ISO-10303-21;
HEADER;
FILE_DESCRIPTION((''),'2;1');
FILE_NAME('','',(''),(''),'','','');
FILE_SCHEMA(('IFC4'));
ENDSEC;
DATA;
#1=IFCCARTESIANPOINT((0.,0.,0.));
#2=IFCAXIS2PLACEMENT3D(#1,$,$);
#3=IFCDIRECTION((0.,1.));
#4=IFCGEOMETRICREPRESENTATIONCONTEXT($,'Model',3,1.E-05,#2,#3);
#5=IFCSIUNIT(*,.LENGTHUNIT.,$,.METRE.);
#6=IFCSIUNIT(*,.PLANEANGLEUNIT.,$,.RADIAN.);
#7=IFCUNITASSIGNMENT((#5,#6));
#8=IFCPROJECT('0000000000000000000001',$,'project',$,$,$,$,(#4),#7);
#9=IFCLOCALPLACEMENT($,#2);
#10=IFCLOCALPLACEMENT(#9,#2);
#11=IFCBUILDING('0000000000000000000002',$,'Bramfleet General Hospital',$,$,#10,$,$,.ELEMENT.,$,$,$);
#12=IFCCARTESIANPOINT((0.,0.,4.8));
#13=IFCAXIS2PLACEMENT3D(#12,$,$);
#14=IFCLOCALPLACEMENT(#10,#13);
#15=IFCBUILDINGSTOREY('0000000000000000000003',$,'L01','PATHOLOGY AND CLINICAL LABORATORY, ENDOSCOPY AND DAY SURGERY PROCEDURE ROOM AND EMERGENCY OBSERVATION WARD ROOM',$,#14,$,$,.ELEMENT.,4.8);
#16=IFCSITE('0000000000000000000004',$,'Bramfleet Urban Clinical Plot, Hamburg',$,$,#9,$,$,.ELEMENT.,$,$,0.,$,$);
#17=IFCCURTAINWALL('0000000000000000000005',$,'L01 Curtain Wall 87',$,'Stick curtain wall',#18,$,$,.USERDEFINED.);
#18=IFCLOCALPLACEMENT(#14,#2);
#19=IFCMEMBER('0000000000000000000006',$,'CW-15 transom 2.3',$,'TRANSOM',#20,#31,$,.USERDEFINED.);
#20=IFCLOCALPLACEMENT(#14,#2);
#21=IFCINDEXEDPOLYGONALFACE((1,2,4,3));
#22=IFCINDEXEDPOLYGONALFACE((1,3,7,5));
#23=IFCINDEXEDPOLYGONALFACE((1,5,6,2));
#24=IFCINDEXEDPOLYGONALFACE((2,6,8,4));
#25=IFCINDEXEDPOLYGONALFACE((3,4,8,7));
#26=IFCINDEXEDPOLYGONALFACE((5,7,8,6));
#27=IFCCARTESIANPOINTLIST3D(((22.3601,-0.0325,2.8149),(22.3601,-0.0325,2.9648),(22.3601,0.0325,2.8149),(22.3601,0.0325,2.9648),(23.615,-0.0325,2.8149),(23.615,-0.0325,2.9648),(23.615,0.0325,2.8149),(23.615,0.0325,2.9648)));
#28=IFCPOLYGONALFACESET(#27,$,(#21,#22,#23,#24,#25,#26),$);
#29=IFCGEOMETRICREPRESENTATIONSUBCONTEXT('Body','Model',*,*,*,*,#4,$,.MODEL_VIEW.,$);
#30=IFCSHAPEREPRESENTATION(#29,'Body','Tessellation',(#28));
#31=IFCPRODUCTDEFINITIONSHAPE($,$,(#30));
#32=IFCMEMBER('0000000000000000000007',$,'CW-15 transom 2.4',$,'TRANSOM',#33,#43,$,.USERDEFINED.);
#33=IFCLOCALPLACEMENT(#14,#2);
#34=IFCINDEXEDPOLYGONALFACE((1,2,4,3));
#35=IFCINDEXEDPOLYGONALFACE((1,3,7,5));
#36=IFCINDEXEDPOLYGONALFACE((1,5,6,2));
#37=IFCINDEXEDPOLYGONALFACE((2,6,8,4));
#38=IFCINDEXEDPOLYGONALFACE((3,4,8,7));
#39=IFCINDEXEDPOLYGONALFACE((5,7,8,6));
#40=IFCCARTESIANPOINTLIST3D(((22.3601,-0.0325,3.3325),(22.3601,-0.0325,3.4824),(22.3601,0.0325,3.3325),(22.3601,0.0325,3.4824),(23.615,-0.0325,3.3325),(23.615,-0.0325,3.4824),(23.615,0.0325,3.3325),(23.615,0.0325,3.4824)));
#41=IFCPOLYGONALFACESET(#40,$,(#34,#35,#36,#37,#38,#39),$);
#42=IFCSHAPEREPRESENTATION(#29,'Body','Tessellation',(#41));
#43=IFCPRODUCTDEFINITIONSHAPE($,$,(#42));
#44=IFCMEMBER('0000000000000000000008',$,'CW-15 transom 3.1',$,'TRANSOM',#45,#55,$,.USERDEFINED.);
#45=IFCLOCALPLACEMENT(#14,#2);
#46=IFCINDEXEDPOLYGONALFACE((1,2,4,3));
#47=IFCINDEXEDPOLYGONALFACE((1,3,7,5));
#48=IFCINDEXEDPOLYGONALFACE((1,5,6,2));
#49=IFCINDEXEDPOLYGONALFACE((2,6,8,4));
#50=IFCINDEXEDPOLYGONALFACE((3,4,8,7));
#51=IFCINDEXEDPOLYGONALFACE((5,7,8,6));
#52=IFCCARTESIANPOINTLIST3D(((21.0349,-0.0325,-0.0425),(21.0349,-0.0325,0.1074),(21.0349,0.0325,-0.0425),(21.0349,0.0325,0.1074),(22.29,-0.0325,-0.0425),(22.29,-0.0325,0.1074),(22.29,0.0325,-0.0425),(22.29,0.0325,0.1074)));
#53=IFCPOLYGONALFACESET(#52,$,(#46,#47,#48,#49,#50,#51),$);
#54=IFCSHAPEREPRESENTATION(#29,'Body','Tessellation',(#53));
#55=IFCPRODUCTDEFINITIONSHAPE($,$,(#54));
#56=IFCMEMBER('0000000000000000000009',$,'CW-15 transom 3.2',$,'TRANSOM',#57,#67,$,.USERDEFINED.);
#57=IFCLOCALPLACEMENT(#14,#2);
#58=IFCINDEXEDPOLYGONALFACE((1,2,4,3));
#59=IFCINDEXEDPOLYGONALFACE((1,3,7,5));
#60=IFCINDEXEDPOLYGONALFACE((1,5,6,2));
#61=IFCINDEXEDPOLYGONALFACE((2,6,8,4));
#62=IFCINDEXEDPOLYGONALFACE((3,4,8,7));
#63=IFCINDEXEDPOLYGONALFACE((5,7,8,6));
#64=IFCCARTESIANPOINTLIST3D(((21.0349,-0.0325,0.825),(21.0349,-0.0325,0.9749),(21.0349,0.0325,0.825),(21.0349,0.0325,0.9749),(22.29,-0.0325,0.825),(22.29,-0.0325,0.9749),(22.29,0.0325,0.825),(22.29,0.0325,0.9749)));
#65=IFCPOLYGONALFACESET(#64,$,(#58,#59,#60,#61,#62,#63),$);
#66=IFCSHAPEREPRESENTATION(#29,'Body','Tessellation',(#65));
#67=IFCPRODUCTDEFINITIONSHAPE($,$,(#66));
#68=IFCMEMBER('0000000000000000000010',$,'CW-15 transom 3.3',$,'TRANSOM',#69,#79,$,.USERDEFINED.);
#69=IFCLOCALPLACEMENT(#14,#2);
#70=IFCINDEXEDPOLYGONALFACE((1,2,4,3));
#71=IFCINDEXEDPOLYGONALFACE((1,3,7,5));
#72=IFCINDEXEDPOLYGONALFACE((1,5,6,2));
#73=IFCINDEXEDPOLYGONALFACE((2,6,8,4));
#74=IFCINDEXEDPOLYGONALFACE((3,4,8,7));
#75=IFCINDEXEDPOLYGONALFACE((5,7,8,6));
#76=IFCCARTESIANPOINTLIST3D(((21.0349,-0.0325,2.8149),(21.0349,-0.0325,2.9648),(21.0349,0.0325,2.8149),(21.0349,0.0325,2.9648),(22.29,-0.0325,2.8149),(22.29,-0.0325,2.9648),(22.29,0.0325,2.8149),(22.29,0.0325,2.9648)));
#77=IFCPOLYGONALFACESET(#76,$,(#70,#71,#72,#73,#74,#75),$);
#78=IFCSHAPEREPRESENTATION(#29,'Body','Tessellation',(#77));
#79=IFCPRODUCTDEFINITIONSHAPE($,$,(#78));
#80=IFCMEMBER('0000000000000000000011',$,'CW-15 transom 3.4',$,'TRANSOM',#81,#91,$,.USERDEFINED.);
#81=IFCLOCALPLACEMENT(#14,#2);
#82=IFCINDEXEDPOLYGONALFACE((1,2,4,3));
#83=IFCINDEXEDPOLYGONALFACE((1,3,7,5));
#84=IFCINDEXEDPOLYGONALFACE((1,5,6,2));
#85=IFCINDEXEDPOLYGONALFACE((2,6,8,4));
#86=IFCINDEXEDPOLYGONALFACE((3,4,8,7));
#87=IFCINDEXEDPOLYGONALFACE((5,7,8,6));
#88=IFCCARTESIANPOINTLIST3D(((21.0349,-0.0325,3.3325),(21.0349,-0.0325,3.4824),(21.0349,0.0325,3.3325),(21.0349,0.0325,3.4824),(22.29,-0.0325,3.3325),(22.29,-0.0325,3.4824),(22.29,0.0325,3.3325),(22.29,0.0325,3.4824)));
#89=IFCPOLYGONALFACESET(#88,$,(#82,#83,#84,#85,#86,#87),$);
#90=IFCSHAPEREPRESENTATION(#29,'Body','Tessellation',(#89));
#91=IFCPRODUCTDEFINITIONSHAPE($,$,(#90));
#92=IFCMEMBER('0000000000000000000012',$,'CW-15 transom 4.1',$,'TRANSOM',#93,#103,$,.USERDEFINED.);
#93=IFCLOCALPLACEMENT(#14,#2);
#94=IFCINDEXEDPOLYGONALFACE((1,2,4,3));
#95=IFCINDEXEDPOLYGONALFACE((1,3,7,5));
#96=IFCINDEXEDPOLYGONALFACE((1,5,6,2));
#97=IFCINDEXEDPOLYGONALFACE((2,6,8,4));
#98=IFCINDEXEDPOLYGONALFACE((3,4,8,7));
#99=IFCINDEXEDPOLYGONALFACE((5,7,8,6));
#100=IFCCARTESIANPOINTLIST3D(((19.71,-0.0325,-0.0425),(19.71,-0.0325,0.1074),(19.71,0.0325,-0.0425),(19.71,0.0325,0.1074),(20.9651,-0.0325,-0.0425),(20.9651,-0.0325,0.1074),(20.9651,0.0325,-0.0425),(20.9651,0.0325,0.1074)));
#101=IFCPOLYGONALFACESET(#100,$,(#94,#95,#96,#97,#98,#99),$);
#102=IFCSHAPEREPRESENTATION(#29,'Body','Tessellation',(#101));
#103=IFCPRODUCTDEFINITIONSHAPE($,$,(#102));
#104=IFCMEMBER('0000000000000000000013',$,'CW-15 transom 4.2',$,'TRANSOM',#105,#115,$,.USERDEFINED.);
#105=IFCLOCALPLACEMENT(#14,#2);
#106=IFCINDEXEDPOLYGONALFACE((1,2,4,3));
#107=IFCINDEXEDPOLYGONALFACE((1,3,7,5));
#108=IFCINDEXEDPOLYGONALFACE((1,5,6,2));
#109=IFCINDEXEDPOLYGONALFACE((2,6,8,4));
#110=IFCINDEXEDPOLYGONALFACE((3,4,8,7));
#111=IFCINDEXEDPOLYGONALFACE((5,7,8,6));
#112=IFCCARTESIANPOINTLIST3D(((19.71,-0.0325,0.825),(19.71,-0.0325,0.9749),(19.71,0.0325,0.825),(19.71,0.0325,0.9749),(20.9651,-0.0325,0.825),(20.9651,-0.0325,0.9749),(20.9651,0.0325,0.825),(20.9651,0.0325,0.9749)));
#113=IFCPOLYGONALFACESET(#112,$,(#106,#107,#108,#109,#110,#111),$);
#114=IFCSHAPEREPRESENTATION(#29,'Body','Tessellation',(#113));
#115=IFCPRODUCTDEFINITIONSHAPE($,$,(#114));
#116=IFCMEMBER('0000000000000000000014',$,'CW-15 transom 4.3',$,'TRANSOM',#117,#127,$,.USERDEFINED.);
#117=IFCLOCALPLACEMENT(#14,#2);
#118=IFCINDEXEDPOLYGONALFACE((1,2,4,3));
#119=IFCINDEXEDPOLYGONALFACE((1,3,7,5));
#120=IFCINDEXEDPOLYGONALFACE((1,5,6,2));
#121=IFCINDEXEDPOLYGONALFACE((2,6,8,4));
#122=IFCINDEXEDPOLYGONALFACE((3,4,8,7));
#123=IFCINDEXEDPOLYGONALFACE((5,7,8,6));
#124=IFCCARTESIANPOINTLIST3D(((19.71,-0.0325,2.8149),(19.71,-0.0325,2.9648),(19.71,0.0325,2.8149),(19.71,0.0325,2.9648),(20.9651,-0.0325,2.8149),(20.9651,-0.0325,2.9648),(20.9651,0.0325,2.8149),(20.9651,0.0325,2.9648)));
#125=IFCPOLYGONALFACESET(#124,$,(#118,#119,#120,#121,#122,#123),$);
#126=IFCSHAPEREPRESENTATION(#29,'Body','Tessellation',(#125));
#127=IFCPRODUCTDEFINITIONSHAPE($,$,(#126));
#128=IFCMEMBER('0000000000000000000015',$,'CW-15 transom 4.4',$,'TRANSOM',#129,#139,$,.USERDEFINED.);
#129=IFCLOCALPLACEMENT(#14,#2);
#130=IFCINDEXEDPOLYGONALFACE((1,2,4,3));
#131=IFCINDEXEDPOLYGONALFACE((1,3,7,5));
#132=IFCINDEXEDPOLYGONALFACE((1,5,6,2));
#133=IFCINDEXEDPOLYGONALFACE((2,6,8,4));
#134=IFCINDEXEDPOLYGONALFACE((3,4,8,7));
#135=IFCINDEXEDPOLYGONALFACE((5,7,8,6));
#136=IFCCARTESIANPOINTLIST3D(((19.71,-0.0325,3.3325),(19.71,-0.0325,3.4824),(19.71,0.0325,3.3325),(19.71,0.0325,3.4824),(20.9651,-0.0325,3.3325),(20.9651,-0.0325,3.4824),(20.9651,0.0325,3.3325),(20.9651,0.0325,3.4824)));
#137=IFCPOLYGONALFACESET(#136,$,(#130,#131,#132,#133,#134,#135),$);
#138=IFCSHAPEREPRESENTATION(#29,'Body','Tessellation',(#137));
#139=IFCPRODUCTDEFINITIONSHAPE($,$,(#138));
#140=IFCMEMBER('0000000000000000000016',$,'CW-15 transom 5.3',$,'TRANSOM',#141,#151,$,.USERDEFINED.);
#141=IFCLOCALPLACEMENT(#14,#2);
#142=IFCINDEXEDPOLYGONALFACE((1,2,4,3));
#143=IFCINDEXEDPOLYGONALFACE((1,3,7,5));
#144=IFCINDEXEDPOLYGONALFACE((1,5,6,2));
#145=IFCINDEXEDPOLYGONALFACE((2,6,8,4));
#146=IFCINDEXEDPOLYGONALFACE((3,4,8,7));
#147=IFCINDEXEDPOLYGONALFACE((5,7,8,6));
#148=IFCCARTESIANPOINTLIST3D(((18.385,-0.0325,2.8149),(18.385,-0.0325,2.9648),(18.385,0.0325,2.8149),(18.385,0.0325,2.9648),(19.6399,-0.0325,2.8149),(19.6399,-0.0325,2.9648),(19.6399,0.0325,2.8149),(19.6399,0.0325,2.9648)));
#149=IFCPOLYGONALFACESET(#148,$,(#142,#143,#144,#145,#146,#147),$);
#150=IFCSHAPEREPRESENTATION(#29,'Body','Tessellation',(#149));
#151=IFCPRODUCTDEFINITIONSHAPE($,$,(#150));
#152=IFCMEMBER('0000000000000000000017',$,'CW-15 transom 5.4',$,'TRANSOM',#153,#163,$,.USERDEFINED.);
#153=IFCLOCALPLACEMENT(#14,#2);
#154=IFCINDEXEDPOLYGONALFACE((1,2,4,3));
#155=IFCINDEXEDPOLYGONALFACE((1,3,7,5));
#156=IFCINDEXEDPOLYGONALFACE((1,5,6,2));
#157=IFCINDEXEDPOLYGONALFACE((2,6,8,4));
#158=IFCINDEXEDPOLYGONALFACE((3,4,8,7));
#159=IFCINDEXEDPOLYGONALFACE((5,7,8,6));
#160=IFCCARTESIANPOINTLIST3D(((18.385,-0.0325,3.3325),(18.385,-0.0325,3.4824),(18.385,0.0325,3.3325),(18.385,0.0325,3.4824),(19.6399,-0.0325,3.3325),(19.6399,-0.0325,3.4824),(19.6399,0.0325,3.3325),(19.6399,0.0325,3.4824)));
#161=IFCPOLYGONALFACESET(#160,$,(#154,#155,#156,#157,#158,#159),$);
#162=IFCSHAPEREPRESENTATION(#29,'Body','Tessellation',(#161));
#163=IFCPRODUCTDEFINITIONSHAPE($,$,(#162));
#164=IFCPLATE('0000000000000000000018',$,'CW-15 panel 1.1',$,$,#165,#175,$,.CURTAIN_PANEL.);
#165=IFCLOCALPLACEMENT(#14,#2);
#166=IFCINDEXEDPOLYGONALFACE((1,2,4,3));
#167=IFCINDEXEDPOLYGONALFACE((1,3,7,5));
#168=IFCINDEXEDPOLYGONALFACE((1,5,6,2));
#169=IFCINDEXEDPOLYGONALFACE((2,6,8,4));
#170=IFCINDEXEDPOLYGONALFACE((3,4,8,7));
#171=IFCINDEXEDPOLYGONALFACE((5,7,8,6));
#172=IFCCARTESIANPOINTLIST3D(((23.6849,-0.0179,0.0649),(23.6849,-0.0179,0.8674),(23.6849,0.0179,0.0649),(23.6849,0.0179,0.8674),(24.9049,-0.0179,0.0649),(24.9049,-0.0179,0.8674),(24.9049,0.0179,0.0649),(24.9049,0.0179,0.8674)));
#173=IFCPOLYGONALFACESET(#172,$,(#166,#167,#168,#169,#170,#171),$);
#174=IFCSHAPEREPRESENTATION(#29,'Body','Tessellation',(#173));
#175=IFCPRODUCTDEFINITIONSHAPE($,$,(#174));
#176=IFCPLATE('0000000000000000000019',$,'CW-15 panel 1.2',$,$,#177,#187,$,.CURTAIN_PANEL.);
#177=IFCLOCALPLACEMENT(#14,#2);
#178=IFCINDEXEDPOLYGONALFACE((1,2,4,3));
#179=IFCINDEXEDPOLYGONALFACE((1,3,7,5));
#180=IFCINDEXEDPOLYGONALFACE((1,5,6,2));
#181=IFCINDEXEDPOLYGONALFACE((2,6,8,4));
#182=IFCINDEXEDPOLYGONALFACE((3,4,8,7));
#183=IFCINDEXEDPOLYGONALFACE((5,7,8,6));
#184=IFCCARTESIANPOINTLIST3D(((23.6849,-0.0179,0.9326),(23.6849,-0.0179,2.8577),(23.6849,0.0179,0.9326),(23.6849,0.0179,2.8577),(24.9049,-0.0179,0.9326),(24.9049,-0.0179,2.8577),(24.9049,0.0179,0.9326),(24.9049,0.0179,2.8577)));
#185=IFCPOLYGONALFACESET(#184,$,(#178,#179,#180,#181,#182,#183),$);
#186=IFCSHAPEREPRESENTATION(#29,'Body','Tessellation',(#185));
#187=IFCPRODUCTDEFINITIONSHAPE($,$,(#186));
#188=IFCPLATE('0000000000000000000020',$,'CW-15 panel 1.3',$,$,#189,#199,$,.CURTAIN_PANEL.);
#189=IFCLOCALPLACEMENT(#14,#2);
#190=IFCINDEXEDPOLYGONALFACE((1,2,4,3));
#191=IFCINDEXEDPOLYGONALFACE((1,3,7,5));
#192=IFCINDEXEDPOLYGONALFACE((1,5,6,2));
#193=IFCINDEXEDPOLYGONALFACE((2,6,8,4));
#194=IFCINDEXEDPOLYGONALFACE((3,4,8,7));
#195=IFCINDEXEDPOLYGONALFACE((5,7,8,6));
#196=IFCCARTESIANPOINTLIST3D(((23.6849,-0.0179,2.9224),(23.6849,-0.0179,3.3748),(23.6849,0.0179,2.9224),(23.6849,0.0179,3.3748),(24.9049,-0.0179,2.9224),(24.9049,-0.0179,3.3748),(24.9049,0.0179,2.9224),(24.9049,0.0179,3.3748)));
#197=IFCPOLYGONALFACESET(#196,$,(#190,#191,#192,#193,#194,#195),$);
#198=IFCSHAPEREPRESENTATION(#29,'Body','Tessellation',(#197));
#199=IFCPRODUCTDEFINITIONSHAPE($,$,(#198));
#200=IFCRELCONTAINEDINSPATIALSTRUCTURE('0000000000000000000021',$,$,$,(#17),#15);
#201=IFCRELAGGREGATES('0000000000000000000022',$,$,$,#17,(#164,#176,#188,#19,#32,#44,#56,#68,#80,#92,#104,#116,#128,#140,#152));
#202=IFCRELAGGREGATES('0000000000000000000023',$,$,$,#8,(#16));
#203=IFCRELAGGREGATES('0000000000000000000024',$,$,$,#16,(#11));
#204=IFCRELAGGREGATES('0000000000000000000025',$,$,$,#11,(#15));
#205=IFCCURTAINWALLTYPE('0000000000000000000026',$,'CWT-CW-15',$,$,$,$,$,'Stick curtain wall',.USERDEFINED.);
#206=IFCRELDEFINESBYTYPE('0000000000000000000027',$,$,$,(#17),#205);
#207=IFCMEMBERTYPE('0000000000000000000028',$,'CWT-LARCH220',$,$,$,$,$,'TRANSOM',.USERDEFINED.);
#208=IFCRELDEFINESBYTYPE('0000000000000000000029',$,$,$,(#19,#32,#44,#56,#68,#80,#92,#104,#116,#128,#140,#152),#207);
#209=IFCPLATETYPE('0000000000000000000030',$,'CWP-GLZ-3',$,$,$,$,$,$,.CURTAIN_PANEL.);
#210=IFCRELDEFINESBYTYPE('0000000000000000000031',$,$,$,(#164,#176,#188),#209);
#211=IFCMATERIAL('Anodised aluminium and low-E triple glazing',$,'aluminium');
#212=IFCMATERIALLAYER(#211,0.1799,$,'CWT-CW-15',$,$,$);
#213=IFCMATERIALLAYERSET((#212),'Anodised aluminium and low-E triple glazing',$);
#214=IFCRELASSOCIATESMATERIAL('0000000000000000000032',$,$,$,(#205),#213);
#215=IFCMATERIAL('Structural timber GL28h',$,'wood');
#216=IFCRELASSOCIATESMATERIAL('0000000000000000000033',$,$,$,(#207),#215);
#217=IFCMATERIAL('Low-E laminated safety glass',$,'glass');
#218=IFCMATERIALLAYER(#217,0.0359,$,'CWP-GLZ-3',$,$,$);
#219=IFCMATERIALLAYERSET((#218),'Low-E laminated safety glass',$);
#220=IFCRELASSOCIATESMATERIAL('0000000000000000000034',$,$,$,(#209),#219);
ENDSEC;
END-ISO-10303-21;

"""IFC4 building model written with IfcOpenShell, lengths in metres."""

from ifc_helpers import new_model, si_unit, direction, frame, origin, origin_2d, place, context, subcontext, project, spatial, rectangle, extrude, material, layer, layer_set, material_profile, profile_set, type_object, element, aggregate, save


model = new_model("IFC4")

# Units and contexts
model_context = context("Model", 3, precision=1e-05, world=origin(), true_north=direction((0.0, 1.0)))
body_context = subcontext(model_context, "Body", "Model", "MODEL_VIEW")
ifc_project = project(units=[si_unit("LENGTHUNIT", "METRE"), si_unit("PLANEANGLEUNIT", "RADIAN")], contexts=[model_context])

# Site, building, storey
site_placement = place(None, origin())
site = spatial("IfcSite", under=ifc_project, at=site_placement, Name="Bramfleet Urban Clinical Plot, Hamburg", CompositionType="ELEMENT", RefElevation=0.0)
building_placement = place(site_placement, origin())
building = spatial("IfcBuilding", under=site, at=building_placement, Name="Bramfleet General Hospital", CompositionType="ELEMENT")
storey_placement = place(building_placement, frame((0.0, 0.0, 4.8)))
storey = spatial("IfcBuildingStorey", under=building, at=storey_placement, Name="L01", Description="PATHOLOGY AND CLINICAL LABORATORY, ENDOSCOPY AND DAY SURGERY PROCEDURE ROOM AND EMERGENCY OBSERVATION WARD ROOM", CompositionType="ELEMENT", Elevation=4.8)

# Curtain wall, members, plates
ifc_material_1 = material(Name="Anodised aluminium and low-E triple glazing", Category="aluminium")
ifc_layer_1 = layer(ifc_material_1, 0.1799, Name="CWT-CW-15")
ifc_layer_set_1 = layer_set([ifc_layer_1], Name="Anodised aluminium and low-E triple glazing")
curtain_wall_type = type_object("IfcCurtainWallType", Name="CWT-CW-15", ElementType="Stick curtain wall", PredefinedType="USERDEFINED", material=ifc_layer_set_1)
curtain_wall_placement = place(storey_placement, origin())
curtain_wall = element("IfcCurtainWall", 1, at=curtain_wall_placement, inside=storey, type_object=curtain_wall_type, Name="L01 Curtain Wall 87", ObjectType="Stick curtain wall", PredefinedType="USERDEFINED")
ifc_material_2 = material(Name="Structural timber GL28h", Category="wood")
ifc_material_profile_1 = material_profile(ifc_material_2, rectangle(XDim=0.0649, YDim=0.1499, at=origin_2d()), Name="LARCH 150x65")
ifc_profile_set_1 = profile_set([ifc_material_profile_1], Name="Structural timber GL28h")
member_type_1 = type_object("IfcMemberType", Name="CWT-LARCH220", ElementType="TRANSOM", PredefinedType="USERDEFINED", material=ifc_profile_set_1)
member_1_placement = place(storey_placement, frame((23.615, 0.0, 2.8899), z_axis=(-1.0, 0.0, 0.0), x_axis=(0.0, -1.0, 0.0)))
member_1 = element("IfcMember", 2, at=member_1_placement, type_object=member_type_1, Name="CW-15 transom 2.3", ObjectType="TRANSOM", PredefinedType="USERDEFINED", context=body_context, shape_type="SweptSolid", body=[
    extrude(rectangle(XDim=0.0649, YDim=0.1499, at=origin_2d()), origin(), (0.0, 0.0, 1.0), 1.2549),
])
member_2_placement = place(storey_placement, frame((23.615, 0.0, 3.4075), z_axis=(-1.0, 0.0, 0.0), x_axis=(0.0, -1.0, 0.0)))
member_2 = element("IfcMember", 3, at=member_2_placement, type_object=member_type_1, Name="CW-15 transom 2.4", ObjectType="TRANSOM", PredefinedType="USERDEFINED", context=body_context, shape_type="SweptSolid", body=[
    extrude(rectangle(XDim=0.0649, YDim=0.1499, at=origin_2d()), origin(), (0.0, 0.0, 1.0), 1.2549),
])
member_3_placement = place(storey_placement, frame((22.29, 0.0, 0.0325), z_axis=(-1.0, 0.0, 0.0), x_axis=(0.0, -1.0, 0.0)))
member_3 = element("IfcMember", 4, at=member_3_placement, type_object=member_type_1, Name="CW-15 transom 3.1", ObjectType="TRANSOM", PredefinedType="USERDEFINED", context=body_context, shape_type="SweptSolid", body=[
    extrude(rectangle(XDim=0.0649, YDim=0.1499, at=origin_2d()), origin(), (0.0, 0.0, 1.0), 1.2551),
])
member_4_placement = place(storey_placement, frame((22.29, 0.0, 0.8999), z_axis=(-1.0, 0.0, 0.0), x_axis=(0.0, -1.0, 0.0)))
member_4 = element("IfcMember", 5, at=member_4_placement, type_object=member_type_1, Name="CW-15 transom 3.2", ObjectType="TRANSOM", PredefinedType="USERDEFINED", context=body_context, shape_type="SweptSolid", body=[
    extrude(rectangle(XDim=0.0649, YDim=0.1499, at=origin_2d()), origin(), (0.0, 0.0, 1.0), 1.2551),
])
member_5_placement = place(storey_placement, frame((22.29, 0.0, 2.8899), z_axis=(-1.0, 0.0, 0.0), x_axis=(0.0, -1.0, 0.0)))
member_5 = element("IfcMember", 6, at=member_5_placement, type_object=member_type_1, Name="CW-15 transom 3.3", ObjectType="TRANSOM", PredefinedType="USERDEFINED", context=body_context, shape_type="SweptSolid", body=[
    extrude(rectangle(XDim=0.0649, YDim=0.1499, at=origin_2d()), origin(), (0.0, 0.0, 1.0), 1.2551),
])
member_6_placement = place(storey_placement, frame((22.29, 0.0, 3.4075), z_axis=(-1.0, 0.0, 0.0), x_axis=(0.0, -1.0, 0.0)))
member_6 = element("IfcMember", 7, at=member_6_placement, type_object=member_type_1, Name="CW-15 transom 3.4", ObjectType="TRANSOM", PredefinedType="USERDEFINED", context=body_context, shape_type="SweptSolid", body=[
    extrude(rectangle(XDim=0.0649, YDim=0.1499, at=origin_2d()), origin(), (0.0, 0.0, 1.0), 1.2551),
])
member_7_placement = place(storey_placement, frame((20.9651, 0.0, 0.0325), z_axis=(-1.0, 0.0, 0.0), x_axis=(0.0, -1.0, 0.0)))
member_7 = element("IfcMember", 8, at=member_7_placement, type_object=member_type_1, Name="CW-15 transom 4.1", ObjectType="TRANSOM", PredefinedType="USERDEFINED", context=body_context, shape_type="SweptSolid", body=[
    extrude(rectangle(XDim=0.0649, YDim=0.1499, at=origin_2d()), origin(), (0.0, 0.0, 1.0), 1.2551),
])
member_8_placement = place(storey_placement, frame((20.9651, 0.0, 0.8999), z_axis=(-1.0, 0.0, 0.0), x_axis=(0.0, -1.0, 0.0)))
member_8 = element("IfcMember", 9, at=member_8_placement, type_object=member_type_1, Name="CW-15 transom 4.2", ObjectType="TRANSOM", PredefinedType="USERDEFINED", context=body_context, shape_type="SweptSolid", body=[
    extrude(rectangle(XDim=0.0649, YDim=0.1499, at=origin_2d()), origin(), (0.0, 0.0, 1.0), 1.2551),
])
member_9_placement = place(storey_placement, frame((20.9651, 0.0, 2.8899), z_axis=(-1.0, 0.0, 0.0), x_axis=(0.0, -1.0, 0.0)))
member_9 = element("IfcMember", 10, at=member_9_placement, type_object=member_type_1, Name="CW-15 transom 4.3", ObjectType="TRANSOM", PredefinedType="USERDEFINED", context=body_context, shape_type="SweptSolid", body=[
    extrude(rectangle(XDim=0.0649, YDim=0.1499, at=origin_2d()), origin(), (0.0, 0.0, 1.0), 1.2551),
])
member_10_placement = place(storey_placement, frame((20.9651, 0.0, 3.4075), z_axis=(-1.0, 0.0, 0.0), x_axis=(0.0, -1.0, 0.0)))
member_10 = element("IfcMember", 11, at=member_10_placement, type_object=member_type_1, Name="CW-15 transom 4.4", ObjectType="TRANSOM", PredefinedType="USERDEFINED", context=body_context, shape_type="SweptSolid", body=[
    extrude(rectangle(XDim=0.0649, YDim=0.1499, at=origin_2d()), origin(), (0.0, 0.0, 1.0), 1.2551),
])
member_11_placement = place(storey_placement, frame((19.6399, 0.0, 2.8899), z_axis=(-1.0, 0.0, 0.0), x_axis=(0.0, -1.0, 0.0)))
member_11 = element("IfcMember", 12, at=member_11_placement, type_object=member_type_1, Name="CW-15 transom 5.3", ObjectType="TRANSOM", PredefinedType="USERDEFINED", context=body_context, shape_type="SweptSolid", body=[
    extrude(rectangle(XDim=0.0649, YDim=0.1499, at=origin_2d()), origin(), (0.0, 0.0, 1.0), 1.2549),
])
member_12_placement = place(storey_placement, frame((19.6399, 0.0, 3.4075), z_axis=(-1.0, 0.0, 0.0), x_axis=(0.0, -1.0, 0.0)))
member_12 = element("IfcMember", 13, at=member_12_placement, type_object=member_type_1, Name="CW-15 transom 5.4", ObjectType="TRANSOM", PredefinedType="USERDEFINED", context=body_context, shape_type="SweptSolid", body=[
    extrude(rectangle(XDim=0.0649, YDim=0.1499, at=origin_2d()), origin(), (0.0, 0.0, 1.0), 1.2549),
])
ifc_material_3 = material(Name="Low-E laminated safety glass", Category="glass")
ifc_layer_2 = layer(ifc_material_3, 0.0359, Name="CWP-GLZ-3")
ifc_layer_set_2 = layer_set([ifc_layer_2], Name="Low-E laminated safety glass")
plate_type = type_object("IfcPlateType", Name="CWP-GLZ-3", PredefinedType="CURTAIN_PANEL", material=ifc_layer_set_2)
plate_1_placement = place(storey_placement, frame((24.2949, 0.0, 0.0649), z_axis=(0.0, 0.0, 1.0), x_axis=(-1.0, 0.0, 0.0)))
plate_1 = element("IfcPlate", 14, at=plate_1_placement, type_object=plate_type, Name="CW-15 panel 1.1", PredefinedType="CURTAIN_PANEL", context=body_context, shape_type="SweptSolid", body=[
    extrude(rectangle(XDim=1.22, YDim=0.0359, at=origin_2d()), origin(), (0.0, 0.0, 1.0), 0.8025),
])
plate_2_placement = place(storey_placement, frame((24.2949, 0.0, 0.9326), z_axis=(0.0, 0.0, 1.0), x_axis=(-1.0, 0.0, 0.0)))
plate_2 = element("IfcPlate", 15, at=plate_2_placement, type_object=plate_type, Name="CW-15 panel 1.2", PredefinedType="CURTAIN_PANEL", context=body_context, shape_type="SweptSolid", body=[
    extrude(rectangle(XDim=1.22, YDim=0.0359, at=origin_2d()), origin(), (0.0, 0.0, 1.0), 1.925),
])
plate_3_placement = place(storey_placement, frame((24.2949, 0.0, 2.9224), z_axis=(0.0, 0.0, 1.0), x_axis=(-1.0, 0.0, 0.0)))
plate_3 = element("IfcPlate", 16, at=plate_3_placement, type_object=plate_type, Name="CW-15 panel 1.3", PredefinedType="CURTAIN_PANEL", context=body_context, shape_type="SweptSolid", body=[
    extrude(rectangle(XDim=1.22, YDim=0.0359, at=origin_2d()), origin(), (0.0, 0.0, 1.0), 0.4524),
])
aggregate(curtain_wall, [plate_1, plate_2, plate_3, member_1, member_2, member_3, member_4, member_5, member_6, member_7, member_8, member_9, member_10, member_11, member_12])

save(model, "model.ifc")
